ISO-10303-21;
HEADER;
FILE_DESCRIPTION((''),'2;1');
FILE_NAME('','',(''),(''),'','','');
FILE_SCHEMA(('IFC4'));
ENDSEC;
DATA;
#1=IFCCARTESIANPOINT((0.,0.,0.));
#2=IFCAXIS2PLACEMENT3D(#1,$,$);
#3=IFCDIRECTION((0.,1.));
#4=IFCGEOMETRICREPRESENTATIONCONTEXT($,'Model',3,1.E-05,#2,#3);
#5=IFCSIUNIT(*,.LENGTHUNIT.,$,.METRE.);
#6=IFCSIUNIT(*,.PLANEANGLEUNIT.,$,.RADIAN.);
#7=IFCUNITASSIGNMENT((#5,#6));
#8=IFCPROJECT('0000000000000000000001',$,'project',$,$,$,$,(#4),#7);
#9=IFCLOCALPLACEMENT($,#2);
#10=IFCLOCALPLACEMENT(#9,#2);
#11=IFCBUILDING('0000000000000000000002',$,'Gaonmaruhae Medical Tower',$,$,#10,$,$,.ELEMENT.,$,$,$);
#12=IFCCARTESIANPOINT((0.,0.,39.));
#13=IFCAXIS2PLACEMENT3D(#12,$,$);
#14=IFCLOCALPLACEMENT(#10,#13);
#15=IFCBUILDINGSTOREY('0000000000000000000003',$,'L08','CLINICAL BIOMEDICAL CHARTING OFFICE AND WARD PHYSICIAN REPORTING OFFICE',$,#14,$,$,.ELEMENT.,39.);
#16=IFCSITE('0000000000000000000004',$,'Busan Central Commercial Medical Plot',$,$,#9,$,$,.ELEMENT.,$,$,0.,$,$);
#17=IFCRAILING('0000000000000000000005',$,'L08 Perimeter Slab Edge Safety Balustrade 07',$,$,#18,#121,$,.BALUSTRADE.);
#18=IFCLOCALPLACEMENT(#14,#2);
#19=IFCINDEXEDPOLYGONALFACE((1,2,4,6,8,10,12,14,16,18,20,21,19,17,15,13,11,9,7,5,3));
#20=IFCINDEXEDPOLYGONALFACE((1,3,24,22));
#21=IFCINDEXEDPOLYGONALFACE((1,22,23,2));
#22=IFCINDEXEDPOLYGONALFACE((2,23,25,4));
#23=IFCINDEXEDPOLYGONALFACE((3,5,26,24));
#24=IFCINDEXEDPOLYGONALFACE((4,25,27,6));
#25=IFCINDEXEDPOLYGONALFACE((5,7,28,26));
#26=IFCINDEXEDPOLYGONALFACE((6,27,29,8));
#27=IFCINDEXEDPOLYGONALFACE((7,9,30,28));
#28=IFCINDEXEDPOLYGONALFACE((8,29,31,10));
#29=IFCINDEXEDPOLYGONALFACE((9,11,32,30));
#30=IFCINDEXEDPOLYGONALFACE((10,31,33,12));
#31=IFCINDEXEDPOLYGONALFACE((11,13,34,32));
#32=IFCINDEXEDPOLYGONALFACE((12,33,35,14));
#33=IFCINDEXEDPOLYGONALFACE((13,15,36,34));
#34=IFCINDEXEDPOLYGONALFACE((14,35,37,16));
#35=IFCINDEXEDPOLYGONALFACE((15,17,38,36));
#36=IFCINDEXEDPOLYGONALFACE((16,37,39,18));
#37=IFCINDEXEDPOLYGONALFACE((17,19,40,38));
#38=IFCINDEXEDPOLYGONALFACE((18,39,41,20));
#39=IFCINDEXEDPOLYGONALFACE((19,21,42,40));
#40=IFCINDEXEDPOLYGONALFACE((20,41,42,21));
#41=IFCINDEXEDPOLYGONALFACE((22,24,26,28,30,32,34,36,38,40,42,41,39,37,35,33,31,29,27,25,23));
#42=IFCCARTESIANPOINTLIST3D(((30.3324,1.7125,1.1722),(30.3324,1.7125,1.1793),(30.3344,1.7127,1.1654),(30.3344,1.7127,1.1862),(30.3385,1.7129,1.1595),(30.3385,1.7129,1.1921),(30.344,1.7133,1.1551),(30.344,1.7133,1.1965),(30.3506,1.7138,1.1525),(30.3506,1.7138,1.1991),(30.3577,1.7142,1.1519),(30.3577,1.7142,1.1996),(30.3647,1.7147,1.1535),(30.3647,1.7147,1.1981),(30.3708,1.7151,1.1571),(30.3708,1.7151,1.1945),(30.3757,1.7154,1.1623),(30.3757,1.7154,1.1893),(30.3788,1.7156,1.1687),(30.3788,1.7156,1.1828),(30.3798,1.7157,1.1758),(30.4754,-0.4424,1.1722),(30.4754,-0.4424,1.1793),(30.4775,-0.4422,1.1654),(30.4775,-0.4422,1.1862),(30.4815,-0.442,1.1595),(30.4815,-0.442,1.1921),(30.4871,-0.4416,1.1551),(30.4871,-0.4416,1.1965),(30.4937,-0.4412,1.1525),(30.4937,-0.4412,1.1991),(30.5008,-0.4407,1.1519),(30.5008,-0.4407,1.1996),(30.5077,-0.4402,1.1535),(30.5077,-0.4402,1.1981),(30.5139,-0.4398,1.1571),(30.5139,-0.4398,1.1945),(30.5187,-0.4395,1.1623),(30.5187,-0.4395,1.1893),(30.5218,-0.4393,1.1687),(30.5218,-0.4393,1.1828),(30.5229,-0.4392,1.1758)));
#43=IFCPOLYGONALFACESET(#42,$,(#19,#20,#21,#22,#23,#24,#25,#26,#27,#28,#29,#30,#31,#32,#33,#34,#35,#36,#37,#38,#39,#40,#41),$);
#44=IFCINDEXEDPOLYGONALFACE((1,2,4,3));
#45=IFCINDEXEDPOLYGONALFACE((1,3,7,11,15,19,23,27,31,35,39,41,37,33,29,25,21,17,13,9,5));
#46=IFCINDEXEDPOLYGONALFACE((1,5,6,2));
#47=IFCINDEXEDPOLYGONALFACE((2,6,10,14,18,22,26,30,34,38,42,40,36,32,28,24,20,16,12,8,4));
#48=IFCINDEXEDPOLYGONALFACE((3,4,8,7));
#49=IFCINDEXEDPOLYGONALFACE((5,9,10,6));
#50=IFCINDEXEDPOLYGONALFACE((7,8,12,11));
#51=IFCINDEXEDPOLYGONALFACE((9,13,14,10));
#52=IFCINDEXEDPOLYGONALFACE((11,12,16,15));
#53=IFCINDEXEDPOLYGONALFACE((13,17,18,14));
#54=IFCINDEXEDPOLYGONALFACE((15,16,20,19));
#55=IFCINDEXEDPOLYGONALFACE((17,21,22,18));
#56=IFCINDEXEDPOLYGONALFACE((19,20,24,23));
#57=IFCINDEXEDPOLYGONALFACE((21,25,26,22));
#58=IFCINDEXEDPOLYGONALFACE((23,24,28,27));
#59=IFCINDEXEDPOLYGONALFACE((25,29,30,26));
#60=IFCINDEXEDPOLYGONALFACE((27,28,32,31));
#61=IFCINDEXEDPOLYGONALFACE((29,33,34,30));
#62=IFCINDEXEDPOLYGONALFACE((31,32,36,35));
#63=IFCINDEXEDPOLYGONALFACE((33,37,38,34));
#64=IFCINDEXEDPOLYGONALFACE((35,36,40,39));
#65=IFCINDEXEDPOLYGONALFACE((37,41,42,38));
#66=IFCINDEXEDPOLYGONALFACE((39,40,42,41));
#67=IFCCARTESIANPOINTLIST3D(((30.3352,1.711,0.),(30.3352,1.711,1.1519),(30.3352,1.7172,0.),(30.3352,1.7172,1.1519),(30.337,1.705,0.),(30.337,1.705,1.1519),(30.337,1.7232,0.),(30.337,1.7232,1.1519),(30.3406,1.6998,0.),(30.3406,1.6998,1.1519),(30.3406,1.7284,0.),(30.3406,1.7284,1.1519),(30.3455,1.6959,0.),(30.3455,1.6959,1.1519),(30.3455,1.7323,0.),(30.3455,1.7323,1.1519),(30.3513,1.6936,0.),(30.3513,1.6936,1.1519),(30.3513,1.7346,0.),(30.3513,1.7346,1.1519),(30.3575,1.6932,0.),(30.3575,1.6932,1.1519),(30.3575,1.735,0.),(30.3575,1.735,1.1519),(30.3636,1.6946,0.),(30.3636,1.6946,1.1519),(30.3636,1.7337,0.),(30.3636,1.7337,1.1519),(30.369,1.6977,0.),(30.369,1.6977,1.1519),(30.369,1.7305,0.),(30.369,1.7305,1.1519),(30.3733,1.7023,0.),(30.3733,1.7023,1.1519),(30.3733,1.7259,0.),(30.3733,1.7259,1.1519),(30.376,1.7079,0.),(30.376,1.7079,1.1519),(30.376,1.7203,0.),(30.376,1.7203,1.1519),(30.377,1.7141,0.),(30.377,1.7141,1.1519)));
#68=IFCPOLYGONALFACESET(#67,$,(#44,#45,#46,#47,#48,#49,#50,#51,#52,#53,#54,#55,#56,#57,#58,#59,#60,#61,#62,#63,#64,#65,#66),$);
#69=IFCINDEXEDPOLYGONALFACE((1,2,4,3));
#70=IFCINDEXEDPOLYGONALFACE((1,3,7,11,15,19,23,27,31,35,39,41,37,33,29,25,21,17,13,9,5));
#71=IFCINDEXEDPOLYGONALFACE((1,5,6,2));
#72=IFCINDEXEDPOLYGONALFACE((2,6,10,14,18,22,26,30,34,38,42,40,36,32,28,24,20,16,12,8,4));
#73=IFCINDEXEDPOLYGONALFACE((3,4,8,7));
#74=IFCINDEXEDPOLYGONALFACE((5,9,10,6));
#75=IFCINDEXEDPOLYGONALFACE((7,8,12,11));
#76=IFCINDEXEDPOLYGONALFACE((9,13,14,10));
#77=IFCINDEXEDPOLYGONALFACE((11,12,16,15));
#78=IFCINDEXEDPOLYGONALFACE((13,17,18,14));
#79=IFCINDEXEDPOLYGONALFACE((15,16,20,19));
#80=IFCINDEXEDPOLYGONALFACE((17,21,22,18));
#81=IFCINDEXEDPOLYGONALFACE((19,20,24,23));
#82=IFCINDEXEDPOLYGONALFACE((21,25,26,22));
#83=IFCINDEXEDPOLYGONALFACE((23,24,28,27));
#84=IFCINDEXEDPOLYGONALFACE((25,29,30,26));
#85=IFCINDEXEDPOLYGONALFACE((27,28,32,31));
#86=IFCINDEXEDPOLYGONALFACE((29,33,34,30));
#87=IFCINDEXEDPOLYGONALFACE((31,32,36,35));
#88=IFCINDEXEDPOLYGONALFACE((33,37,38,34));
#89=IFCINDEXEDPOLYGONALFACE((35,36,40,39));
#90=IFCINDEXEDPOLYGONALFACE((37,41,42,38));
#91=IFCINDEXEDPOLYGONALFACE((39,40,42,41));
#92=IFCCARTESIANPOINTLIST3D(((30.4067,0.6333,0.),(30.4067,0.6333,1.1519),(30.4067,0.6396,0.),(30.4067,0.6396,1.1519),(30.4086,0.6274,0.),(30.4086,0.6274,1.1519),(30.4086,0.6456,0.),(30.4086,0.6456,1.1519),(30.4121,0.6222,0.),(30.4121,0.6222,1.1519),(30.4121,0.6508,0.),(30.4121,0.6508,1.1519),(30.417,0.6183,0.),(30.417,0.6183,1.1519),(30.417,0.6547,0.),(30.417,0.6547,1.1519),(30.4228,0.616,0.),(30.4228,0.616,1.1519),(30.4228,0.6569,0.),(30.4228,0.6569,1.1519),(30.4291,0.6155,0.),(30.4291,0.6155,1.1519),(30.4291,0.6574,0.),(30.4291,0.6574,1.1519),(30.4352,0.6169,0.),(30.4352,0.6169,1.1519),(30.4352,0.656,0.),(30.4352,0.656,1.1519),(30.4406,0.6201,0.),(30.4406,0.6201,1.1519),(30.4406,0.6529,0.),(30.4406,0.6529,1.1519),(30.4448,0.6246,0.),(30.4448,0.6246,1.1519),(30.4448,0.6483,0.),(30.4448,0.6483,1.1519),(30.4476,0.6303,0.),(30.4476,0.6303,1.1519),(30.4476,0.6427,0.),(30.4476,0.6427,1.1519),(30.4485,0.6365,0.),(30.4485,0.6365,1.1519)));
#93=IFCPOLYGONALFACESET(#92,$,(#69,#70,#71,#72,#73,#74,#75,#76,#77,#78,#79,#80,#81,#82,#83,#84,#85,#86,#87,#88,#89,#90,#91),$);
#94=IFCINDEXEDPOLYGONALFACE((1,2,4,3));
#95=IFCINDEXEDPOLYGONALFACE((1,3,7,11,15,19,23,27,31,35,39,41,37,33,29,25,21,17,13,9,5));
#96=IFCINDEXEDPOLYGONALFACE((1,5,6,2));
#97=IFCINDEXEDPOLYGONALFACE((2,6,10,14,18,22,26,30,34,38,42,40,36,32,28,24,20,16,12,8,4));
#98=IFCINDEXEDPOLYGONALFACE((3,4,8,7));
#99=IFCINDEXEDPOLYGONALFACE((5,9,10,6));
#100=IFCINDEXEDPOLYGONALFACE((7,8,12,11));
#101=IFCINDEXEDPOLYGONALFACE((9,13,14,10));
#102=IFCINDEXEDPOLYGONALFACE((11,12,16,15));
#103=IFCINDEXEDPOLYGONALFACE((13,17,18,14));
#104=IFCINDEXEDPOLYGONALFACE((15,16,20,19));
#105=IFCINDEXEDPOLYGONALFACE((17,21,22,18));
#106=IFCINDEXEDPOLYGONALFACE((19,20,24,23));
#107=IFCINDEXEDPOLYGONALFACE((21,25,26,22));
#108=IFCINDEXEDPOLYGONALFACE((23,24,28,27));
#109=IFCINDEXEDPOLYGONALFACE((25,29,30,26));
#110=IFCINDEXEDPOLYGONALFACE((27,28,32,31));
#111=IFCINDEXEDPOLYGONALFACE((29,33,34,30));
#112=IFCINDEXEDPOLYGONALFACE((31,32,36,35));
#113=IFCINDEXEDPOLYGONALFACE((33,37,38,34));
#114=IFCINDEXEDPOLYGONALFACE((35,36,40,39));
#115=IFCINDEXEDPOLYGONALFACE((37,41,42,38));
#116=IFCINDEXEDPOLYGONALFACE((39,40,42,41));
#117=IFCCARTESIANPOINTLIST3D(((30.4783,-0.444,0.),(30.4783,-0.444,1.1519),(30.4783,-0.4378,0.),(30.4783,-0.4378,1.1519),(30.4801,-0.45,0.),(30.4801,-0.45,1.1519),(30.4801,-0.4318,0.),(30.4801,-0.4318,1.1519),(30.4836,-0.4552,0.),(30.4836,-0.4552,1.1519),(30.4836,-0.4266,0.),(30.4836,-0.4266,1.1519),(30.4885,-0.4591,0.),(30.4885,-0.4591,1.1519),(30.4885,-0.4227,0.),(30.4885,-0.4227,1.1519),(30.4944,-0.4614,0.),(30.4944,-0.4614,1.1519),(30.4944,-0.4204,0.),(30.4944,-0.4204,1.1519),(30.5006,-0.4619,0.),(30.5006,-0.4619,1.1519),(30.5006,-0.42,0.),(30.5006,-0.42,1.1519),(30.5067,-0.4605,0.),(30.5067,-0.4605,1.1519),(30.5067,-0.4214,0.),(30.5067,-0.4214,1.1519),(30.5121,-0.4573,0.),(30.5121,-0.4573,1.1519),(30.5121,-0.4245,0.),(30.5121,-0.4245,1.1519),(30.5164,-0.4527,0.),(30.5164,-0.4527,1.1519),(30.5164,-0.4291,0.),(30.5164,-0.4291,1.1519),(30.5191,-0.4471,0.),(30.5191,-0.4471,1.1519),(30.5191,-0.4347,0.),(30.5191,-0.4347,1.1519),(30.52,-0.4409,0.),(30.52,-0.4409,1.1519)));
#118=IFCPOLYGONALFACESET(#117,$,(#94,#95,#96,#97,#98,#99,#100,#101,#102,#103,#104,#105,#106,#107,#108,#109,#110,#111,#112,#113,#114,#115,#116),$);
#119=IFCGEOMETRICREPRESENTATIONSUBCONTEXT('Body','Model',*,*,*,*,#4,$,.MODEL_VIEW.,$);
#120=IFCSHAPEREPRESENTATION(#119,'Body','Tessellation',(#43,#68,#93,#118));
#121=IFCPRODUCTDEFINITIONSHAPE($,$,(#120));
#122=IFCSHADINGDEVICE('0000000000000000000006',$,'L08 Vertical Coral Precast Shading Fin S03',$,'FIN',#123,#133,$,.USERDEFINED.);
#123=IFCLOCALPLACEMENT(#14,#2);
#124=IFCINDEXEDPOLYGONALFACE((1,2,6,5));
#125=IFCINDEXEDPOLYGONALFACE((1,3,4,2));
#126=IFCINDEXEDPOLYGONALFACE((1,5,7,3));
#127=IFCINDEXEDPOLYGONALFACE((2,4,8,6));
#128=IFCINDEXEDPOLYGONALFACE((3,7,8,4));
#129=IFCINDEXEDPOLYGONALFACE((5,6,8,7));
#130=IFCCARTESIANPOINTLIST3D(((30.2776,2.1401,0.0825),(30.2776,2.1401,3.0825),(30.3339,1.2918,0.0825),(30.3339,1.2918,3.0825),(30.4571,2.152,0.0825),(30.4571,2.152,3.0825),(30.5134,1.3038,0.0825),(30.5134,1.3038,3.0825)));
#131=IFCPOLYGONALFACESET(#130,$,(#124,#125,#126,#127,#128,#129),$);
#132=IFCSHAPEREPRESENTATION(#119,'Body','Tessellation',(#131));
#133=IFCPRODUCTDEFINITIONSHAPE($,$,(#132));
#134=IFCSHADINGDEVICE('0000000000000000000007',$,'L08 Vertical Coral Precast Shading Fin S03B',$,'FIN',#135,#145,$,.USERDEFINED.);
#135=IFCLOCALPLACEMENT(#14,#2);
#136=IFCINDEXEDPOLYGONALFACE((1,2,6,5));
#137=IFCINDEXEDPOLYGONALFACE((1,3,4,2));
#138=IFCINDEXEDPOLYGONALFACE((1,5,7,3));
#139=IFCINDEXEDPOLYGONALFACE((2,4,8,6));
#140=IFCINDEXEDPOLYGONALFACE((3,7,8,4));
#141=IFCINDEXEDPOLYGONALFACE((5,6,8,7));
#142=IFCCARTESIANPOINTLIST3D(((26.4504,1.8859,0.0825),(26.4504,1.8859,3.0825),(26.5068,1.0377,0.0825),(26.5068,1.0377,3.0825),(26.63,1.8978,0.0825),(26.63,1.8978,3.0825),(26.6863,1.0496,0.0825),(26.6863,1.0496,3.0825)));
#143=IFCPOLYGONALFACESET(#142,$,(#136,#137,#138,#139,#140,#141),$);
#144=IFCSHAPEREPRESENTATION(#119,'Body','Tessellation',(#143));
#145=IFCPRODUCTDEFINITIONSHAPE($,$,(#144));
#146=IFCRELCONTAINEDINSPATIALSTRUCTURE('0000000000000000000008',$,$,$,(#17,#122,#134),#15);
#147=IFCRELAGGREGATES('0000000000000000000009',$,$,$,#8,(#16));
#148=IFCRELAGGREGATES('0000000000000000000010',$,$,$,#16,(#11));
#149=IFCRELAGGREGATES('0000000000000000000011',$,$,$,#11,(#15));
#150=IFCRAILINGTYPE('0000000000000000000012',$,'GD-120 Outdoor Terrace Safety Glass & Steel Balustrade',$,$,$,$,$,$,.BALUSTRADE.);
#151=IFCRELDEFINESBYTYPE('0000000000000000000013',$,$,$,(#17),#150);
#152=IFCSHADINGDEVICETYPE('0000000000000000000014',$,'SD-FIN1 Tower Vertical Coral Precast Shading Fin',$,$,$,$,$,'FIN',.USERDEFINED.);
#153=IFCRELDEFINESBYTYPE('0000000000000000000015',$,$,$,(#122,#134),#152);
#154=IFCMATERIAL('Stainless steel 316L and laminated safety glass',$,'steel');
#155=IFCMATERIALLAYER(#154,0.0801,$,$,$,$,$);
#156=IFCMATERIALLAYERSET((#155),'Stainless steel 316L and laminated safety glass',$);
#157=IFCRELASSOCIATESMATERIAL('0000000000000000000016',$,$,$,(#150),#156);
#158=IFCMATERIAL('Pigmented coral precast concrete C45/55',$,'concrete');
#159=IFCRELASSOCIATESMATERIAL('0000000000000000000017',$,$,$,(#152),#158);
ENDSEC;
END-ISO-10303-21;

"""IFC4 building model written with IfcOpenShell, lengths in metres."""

from ifc_helpers import new_model, si_unit, direction, frame, origin, origin_2d, place, context, subcontext, project, spatial, rectangle, circle, extrude, material, layer, layer_set, type_object, element, save


model = new_model("IFC4")

# Units and contexts
model_context = context("Model", 3, precision=1e-05, world=origin(), true_north=direction((0.0, 1.0)))
body_context = subcontext(model_context, "Body", "Model", "MODEL_VIEW")
ifc_project = project(units=[si_unit("LENGTHUNIT", "METRE"), si_unit("PLANEANGLEUNIT", "RADIAN")], contexts=[model_context])

# Site, building, storey
site_placement = place(None, origin())
site = spatial("IfcSite", under=ifc_project, at=site_placement, Name="Busan Central Commercial Medical Plot", CompositionType="ELEMENT", RefElevation=0.0)
building_placement = place(site_placement, origin())
building = spatial("IfcBuilding", under=site, at=building_placement, Name="Gaonmaruhae Medical Tower", CompositionType="ELEMENT")
storey_placement = place(building_placement, frame((0.0, 0.0, 39.0)))
storey = spatial("IfcBuildingStorey", under=building, at=storey_placement, Name="L08", Description="CLINICAL BIOMEDICAL CHARTING OFFICE AND WARD PHYSICIAN REPORTING OFFICE", CompositionType="ELEMENT", Elevation=39.0)

# Railing
ifc_material_1 = material(Name="Stainless steel 316L and laminated safety glass", Category="steel")
ifc_layer_1 = layer(ifc_material_1, 0.0801)
ifc_layer_set_1 = layer_set([ifc_layer_1], Name="Stainless steel 316L and laminated safety glass")
railing_type = type_object("IfcRailingType", Name="GD-120 Outdoor Terrace Safety Glass & Steel Balustrade", PredefinedType="BALUSTRADE", material=ifc_layer_set_1)
railing_1_placement = place(storey_placement, frame((30.356, 1.7141, 0.0)))
element("IfcRailing", 1, at=railing_1_placement, inside=storey, type_object=railing_type, Name="L08 Perimeter Slab Edge Safety Balustrade 07", PredefinedType="BALUSTRADE", context=body_context, shape_type="SweptSolid", body=[
    extrude(circle(Radius=0.0239, at=origin_2d()), frame((0.0, 0.0, 1.1758), z_axis=(0.066241, -0.997804, 0.0), x_axis=(0.997804, 0.066241, 0.0)), (0.0, 0.0, 1.0), 2.1597),
    extrude(circle(Radius=0.021, at=origin_2d()), origin(), (0.0, 0.0, 1.0), 1.1519),
    extrude(circle(Radius=0.021, at=origin_2d()), frame((0.0715, -1.0776, 0.0)), (0.0, 0.0, 1.0), 1.1519),
    extrude(circle(Radius=0.021, at=origin_2d()), frame((0.1431, -2.155, 0.0)), (0.0, 0.0, 1.0), 1.1519),
])

# Shading devices
ifc_material_2 = material(Name="Pigmented coral precast concrete C45/55", Category="concrete")
shading_device_type = type_object("IfcShadingDeviceType", Name="SD-FIN1 Tower Vertical Coral Precast Shading Fin", ElementType="FIN", PredefinedType="USERDEFINED", material=ifc_material_2)
for number, where, z_axis, x_axis, name in (
    (2, (30.3955, 1.7219, 0.0825), (0.0, 0.0, 1.0), (-0.997803, -0.066256, 0.0), "L08 Vertical Coral Precast Shading Fin S03"),
    (3, (26.5684, 1.4678, 0.0825), (0.0, 0.0, 1.0), (-0.997803, -0.066256, 0.0), "L08 Vertical Coral Precast Shading Fin S03B"),
):
    element("IfcShadingDevice", number, at=place(storey_placement, frame(where, z_axis=z_axis, x_axis=x_axis)), inside=storey, type_object=shading_device_type, Name=name, ObjectType="FIN", PredefinedType="USERDEFINED", context=body_context, shape_type="SweptSolid", body=[
        extrude(rectangle(XDim=0.1799, YDim=0.8501, at=origin_2d()), origin(), (0.0, 0.0, 1.0), 3.0),
    ])

save(model, "model.ifc")
